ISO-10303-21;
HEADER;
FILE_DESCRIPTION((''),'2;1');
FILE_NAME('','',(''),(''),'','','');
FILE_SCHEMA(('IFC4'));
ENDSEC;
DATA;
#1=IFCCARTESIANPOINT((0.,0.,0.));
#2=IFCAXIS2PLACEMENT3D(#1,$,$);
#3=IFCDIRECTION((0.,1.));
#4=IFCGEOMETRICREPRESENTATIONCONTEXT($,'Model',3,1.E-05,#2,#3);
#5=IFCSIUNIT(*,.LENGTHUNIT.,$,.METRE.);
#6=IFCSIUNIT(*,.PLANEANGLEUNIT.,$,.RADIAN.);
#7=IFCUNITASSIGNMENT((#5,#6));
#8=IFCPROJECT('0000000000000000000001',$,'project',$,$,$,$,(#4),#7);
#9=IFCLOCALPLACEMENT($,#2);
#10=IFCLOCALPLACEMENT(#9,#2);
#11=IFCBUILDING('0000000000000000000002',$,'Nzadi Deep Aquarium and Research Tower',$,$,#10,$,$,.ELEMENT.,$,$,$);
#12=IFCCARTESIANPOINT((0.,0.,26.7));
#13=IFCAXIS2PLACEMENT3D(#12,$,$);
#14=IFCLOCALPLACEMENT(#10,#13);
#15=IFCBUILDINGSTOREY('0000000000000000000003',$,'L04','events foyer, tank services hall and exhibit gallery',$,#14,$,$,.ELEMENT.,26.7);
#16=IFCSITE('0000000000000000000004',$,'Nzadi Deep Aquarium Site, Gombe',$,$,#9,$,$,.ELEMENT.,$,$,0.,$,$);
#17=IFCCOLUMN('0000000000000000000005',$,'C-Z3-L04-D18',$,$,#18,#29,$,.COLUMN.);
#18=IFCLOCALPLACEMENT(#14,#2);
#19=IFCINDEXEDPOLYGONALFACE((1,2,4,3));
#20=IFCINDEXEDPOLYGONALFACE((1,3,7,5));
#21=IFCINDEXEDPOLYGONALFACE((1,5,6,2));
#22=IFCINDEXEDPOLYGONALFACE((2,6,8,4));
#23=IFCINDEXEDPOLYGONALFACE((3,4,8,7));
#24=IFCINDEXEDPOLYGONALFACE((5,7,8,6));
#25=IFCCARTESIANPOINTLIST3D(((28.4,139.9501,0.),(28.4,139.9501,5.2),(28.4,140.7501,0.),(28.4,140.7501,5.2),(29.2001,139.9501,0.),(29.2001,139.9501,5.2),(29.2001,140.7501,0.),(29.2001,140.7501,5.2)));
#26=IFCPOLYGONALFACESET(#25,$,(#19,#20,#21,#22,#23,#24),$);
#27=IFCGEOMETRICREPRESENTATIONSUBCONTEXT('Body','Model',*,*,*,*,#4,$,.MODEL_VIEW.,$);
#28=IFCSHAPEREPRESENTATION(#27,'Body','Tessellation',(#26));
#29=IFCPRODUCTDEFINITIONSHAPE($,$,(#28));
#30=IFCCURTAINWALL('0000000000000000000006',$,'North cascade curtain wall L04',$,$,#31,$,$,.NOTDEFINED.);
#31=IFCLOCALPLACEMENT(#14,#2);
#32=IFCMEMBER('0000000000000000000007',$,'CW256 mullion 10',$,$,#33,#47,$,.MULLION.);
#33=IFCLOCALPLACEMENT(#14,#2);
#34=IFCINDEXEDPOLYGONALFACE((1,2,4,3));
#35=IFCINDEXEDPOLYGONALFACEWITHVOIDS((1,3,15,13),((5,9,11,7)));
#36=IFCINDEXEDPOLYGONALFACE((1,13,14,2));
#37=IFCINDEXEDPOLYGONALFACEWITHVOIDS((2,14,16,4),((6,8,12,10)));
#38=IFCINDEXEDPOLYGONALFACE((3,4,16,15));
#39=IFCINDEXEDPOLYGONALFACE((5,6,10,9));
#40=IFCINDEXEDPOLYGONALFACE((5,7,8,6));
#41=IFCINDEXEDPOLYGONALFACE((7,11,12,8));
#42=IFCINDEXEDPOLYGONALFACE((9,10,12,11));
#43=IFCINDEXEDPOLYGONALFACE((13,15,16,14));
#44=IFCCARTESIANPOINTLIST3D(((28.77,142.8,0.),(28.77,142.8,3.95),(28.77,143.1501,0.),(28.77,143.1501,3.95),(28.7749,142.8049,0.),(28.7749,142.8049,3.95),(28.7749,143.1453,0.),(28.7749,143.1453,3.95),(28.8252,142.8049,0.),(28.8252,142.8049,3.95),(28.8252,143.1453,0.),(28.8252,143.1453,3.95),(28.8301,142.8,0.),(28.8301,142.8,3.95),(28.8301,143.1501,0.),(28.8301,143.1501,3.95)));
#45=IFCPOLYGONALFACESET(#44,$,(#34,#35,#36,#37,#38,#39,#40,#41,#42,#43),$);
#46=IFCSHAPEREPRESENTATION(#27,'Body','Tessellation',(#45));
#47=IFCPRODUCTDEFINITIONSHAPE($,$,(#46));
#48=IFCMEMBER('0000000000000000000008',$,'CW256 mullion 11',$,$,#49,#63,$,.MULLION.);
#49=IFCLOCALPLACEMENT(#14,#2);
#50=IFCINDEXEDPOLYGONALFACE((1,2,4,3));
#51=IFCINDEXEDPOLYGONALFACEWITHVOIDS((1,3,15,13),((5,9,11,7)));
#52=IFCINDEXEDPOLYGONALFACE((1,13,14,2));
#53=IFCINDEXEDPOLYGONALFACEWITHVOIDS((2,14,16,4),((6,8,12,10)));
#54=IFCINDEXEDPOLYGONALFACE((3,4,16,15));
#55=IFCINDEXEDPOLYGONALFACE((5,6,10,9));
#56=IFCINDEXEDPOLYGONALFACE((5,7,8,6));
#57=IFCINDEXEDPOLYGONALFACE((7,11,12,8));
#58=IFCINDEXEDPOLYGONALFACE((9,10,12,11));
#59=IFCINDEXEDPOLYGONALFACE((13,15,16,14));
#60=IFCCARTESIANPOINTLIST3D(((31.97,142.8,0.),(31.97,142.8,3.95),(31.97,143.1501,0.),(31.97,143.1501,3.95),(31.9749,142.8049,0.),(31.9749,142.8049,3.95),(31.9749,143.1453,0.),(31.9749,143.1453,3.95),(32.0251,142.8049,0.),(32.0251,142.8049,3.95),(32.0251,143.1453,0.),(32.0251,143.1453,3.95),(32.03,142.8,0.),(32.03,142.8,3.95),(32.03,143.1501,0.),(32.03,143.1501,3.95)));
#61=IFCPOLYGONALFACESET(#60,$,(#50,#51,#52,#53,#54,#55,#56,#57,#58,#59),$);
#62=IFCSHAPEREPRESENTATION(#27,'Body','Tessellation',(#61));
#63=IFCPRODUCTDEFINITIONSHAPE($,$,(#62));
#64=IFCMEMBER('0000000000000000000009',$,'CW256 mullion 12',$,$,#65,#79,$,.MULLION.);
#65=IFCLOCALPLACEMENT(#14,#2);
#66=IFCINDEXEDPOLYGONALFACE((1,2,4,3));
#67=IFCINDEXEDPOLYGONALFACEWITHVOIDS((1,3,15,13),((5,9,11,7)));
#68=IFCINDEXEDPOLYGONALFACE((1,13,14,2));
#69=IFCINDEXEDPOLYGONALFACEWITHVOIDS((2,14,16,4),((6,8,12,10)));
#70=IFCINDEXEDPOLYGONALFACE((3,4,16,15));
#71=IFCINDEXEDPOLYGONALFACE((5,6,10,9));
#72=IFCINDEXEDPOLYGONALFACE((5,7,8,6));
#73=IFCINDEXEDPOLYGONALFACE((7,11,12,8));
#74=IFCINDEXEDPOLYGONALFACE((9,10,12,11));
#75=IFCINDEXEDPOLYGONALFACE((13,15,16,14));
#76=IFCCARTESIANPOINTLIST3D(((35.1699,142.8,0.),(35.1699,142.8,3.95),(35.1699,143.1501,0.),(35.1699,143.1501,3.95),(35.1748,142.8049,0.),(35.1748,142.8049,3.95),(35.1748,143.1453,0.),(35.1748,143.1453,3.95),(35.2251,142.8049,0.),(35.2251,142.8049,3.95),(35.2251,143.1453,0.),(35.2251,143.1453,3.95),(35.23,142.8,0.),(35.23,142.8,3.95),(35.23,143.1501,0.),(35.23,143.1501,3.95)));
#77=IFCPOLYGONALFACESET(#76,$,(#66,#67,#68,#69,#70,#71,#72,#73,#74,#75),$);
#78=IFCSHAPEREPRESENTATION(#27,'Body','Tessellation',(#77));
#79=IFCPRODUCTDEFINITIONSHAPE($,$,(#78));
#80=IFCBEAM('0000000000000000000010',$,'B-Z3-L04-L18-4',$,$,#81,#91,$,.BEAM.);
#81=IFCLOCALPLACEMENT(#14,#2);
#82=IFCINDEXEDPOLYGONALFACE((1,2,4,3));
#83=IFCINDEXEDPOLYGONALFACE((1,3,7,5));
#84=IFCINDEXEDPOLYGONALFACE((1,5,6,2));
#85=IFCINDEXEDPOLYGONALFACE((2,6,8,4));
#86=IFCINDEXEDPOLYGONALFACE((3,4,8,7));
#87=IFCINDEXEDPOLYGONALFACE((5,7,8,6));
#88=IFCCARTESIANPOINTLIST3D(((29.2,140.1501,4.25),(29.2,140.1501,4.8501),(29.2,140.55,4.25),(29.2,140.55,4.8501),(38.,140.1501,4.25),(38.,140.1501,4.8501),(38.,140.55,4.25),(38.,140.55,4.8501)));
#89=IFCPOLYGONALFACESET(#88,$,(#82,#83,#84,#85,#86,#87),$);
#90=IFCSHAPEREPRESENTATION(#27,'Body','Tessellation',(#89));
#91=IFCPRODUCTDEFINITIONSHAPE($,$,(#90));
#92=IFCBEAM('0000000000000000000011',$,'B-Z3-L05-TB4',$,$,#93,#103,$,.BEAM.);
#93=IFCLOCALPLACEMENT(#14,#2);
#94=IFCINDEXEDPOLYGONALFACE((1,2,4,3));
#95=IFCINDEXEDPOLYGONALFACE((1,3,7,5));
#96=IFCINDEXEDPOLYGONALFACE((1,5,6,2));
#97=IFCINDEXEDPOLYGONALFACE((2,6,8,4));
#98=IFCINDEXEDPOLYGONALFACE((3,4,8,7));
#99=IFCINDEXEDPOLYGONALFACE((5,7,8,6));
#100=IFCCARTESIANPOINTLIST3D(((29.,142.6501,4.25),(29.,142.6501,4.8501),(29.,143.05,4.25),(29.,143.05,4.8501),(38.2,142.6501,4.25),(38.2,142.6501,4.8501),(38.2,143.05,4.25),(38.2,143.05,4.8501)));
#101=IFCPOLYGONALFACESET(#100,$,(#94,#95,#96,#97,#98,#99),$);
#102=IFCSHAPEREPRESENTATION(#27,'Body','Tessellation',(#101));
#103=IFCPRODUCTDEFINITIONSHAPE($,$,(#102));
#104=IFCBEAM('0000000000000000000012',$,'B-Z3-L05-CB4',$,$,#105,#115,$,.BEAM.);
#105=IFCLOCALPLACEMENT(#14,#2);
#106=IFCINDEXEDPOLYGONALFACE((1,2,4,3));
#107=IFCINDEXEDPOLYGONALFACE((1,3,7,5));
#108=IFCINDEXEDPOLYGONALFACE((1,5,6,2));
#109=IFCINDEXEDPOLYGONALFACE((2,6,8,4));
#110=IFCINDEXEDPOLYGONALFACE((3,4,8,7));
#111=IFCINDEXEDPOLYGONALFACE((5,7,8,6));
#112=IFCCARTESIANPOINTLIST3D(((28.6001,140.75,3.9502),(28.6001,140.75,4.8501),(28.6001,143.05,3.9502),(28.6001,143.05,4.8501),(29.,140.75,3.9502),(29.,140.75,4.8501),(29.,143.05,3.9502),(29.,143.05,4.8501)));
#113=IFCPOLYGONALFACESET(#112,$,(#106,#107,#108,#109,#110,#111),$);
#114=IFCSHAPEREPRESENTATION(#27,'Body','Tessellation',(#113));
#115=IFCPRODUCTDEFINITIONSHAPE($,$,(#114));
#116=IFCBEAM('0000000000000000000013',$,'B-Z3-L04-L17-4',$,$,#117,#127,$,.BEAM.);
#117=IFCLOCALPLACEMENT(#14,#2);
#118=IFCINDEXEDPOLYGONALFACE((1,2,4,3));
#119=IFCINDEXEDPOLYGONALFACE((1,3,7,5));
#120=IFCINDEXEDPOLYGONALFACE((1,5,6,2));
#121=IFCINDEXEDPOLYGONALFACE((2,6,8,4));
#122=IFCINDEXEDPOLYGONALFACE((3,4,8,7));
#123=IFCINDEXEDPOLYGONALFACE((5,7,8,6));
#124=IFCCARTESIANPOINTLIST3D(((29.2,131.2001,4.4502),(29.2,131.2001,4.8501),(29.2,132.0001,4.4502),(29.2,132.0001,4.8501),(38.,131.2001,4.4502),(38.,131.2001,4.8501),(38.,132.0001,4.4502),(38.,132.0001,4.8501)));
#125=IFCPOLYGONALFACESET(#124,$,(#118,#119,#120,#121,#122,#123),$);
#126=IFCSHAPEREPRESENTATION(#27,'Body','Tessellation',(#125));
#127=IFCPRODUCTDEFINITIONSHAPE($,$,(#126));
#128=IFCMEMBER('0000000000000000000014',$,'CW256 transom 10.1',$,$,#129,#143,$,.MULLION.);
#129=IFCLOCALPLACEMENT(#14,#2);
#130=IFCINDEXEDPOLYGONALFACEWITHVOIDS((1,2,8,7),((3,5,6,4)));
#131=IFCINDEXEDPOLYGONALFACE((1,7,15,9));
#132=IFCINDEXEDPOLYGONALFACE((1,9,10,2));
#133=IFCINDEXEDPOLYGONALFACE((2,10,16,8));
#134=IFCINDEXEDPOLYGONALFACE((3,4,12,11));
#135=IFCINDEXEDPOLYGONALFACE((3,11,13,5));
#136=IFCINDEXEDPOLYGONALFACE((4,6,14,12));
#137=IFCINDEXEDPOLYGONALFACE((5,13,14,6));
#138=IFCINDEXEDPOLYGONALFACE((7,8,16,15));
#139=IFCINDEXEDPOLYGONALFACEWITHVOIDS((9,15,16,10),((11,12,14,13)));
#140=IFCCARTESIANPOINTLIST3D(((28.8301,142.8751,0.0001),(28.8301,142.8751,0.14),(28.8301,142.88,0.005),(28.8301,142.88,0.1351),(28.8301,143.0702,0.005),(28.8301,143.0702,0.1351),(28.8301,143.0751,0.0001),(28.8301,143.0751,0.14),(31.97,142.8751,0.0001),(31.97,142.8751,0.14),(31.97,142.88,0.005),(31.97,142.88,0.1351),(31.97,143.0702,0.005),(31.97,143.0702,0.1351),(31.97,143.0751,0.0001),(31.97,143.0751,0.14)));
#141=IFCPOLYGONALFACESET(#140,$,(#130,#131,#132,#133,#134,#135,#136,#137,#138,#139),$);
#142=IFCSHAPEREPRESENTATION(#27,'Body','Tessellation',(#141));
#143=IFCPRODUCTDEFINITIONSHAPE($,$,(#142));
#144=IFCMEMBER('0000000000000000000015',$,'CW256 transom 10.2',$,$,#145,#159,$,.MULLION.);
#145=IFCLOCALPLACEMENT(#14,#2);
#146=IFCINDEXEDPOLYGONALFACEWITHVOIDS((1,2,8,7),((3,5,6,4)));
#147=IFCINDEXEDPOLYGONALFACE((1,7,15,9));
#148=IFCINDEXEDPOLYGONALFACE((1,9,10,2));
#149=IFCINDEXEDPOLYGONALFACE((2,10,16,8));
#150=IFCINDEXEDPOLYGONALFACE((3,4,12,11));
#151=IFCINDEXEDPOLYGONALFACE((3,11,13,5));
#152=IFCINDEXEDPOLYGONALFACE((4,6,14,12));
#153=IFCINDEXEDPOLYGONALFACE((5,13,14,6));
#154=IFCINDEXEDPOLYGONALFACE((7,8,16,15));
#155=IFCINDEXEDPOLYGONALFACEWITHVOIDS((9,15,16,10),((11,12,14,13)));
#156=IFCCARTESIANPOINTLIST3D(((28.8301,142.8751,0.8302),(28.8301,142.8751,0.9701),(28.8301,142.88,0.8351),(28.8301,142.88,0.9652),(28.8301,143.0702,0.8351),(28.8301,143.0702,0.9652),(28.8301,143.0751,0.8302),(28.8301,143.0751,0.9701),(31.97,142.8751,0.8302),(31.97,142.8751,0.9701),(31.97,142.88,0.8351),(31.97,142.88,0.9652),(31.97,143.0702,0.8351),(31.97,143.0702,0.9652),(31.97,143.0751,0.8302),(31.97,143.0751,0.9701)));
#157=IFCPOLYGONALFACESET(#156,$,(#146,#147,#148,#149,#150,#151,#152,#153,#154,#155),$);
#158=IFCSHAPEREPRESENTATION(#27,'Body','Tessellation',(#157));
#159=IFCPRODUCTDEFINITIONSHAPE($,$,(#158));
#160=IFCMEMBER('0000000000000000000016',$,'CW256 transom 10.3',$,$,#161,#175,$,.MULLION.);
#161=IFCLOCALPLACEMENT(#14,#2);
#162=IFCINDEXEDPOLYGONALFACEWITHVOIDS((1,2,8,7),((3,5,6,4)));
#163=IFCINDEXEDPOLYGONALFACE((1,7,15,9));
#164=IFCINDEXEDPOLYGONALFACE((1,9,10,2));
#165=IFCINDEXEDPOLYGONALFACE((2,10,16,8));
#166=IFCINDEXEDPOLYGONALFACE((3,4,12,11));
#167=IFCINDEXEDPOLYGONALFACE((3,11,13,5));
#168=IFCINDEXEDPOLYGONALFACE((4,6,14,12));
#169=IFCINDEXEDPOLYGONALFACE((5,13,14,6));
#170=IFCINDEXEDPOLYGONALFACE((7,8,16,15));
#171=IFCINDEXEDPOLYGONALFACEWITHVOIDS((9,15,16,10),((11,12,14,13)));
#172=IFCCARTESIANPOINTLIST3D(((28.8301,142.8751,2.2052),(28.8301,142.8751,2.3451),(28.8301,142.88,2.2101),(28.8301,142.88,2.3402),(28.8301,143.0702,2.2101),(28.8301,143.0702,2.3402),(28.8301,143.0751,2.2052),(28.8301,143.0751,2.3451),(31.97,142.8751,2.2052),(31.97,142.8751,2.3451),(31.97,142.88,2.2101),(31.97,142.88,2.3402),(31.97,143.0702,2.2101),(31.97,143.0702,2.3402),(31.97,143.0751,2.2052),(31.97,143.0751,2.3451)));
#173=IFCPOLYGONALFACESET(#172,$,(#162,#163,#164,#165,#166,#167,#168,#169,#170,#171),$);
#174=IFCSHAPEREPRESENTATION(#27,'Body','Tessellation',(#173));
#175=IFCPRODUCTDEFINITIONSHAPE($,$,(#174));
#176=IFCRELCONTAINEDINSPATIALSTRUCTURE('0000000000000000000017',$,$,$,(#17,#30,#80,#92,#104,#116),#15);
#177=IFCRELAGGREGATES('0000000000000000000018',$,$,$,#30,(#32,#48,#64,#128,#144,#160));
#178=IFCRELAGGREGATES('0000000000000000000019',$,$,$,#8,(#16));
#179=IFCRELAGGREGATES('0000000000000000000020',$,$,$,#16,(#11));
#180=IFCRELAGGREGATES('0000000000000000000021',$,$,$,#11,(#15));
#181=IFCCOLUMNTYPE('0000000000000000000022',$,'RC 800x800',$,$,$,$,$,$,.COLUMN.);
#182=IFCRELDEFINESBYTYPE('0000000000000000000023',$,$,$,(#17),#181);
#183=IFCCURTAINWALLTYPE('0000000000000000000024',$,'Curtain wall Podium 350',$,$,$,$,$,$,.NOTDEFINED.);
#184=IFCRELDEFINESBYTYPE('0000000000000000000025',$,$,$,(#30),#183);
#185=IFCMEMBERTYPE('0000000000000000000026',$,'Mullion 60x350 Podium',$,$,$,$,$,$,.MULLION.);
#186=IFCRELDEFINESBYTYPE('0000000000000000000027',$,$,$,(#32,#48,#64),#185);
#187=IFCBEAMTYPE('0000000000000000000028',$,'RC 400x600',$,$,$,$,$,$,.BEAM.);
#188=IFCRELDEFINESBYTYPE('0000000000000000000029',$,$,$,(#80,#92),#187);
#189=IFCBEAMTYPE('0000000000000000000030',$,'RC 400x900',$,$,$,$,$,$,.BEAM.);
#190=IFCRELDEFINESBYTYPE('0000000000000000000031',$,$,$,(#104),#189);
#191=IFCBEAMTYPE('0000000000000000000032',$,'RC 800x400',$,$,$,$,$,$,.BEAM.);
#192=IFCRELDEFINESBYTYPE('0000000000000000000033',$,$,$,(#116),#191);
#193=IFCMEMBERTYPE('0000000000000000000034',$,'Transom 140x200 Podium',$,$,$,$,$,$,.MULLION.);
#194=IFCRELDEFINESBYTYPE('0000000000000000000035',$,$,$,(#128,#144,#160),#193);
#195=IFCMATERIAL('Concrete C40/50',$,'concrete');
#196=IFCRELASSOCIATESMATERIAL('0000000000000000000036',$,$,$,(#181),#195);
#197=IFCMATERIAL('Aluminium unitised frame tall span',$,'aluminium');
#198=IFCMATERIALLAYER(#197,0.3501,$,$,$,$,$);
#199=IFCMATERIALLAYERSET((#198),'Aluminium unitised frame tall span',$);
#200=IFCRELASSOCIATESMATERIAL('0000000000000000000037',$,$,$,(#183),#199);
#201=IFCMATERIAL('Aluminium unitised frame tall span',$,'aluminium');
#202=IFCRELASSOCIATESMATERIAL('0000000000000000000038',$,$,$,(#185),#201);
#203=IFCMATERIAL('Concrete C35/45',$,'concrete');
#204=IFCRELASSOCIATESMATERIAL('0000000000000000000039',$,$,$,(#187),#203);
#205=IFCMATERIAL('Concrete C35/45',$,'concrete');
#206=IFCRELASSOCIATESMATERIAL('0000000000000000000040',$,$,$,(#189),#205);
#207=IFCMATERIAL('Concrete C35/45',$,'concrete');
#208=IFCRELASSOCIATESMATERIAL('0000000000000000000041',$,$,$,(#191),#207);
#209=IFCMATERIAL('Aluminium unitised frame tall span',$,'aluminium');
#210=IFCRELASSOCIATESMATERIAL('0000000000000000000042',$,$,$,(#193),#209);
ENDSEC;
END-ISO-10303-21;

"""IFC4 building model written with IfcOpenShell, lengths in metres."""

from ifc_helpers import new_model, si_unit, direction, frame, origin, origin_2d, place, context, subcontext, project, spatial, rectangle, hollow_rectangle, extrude, material, layer, layer_set, material_profile, profile_set, type_object, element, aggregate, save


model = new_model("IFC4")

# Units and contexts
model_context = context("Model", 3, precision=1e-05, world=origin(), true_north=direction((0.0, 1.0)))
body_context = subcontext(model_context, "Body", "Model", "MODEL_VIEW")
ifc_project = project(units=[si_unit("LENGTHUNIT", "METRE"), si_unit("PLANEANGLEUNIT", "RADIAN")], contexts=[model_context])

# Site, building, storey
site_placement = place(None, origin())
site = spatial("IfcSite", under=ifc_project, at=site_placement, Name="Nzadi Deep Aquarium Site, Gombe", CompositionType="ELEMENT", RefElevation=0.0)
building_placement = place(site_placement, origin())
building = spatial("IfcBuilding", under=site, at=building_placement, Name="Nzadi Deep Aquarium and Research Tower", CompositionType="ELEMENT")
storey_placement = place(building_placement, frame((0.0, 0.0, 26.7)))
storey = spatial("IfcBuildingStorey", under=building, at=storey_placement, Name="L04", Description="events foyer, tank services hall and exhibit gallery", CompositionType="ELEMENT", Elevation=26.7)

# Column
ifc_material_1 = material(Name="Concrete C40/50", Category="concrete")
ifc_material_profile_1 = material_profile(ifc_material_1, rectangle(XDim=0.8, YDim=0.8, at=origin_2d()))
ifc_profile_set_1 = profile_set([ifc_material_profile_1], Name="Concrete C40/50")
column_type = type_object("IfcColumnType", Name="RC 800x800", PredefinedType="COLUMN", material=ifc_profile_set_1)
column_placement = place(storey_placement, frame((28.8, 140.3501, 0.0), z_axis=(0.0, 0.0, 1.0), x_axis=(1.0, 0.0, 0.0)))
element("IfcColumn", 1, at=column_placement, inside=storey, type_object=column_type, Name="C-Z3-L04-D18", PredefinedType="COLUMN", context=body_context, shape_type="SweptSolid", body=[
    extrude(rectangle(XDim=0.8, YDim=0.8, at=origin_2d()), origin(), (0.0, 0.0, 1.0), 5.2),
])

# Curtain wall, members
ifc_material_2 = material(Name="Aluminium unitised frame tall span", Category="aluminium")
ifc_layer_1 = layer(ifc_material_2, 0.3501)
ifc_layer_set_1 = layer_set([ifc_layer_1], Name="Aluminium unitised frame tall span")
curtain_wall_type = type_object("IfcCurtainWallType", Name="Curtain wall Podium 350", PredefinedType="NOTDEFINED", material=ifc_layer_set_1)
curtain_wall_placement = place(storey_placement, origin())
curtain_wall = element("IfcCurtainWall", 2, at=curtain_wall_placement, inside=storey, type_object=curtain_wall_type, Name="North cascade curtain wall L04", PredefinedType="NOTDEFINED")
ifc_material_3 = material(Name="Aluminium unitised frame tall span", Category="aluminium")
ifc_material_profile_2 = material_profile(ifc_material_3, hollow_rectangle(XDim=0.3501, YDim=0.0601, WallThickness=0.0049, at=origin_2d()))
ifc_profile_set_2 = profile_set([ifc_material_profile_2], Name="Aluminium unitised frame tall span")
member_type_1 = type_object("IfcMemberType", Name="Mullion 60x350 Podium", PredefinedType="MULLION", material=ifc_profile_set_2)
member_1_placement = place(storey_placement, frame((28.8, 142.9751, 0.0), z_axis=(0.0, 0.0, 1.0), x_axis=(0.0, 1.0, 0.0)))
member_1 = element("IfcMember", 3, at=member_1_placement, type_object=member_type_1, Name="CW256 mullion 10", PredefinedType="MULLION", context=body_context, shape_type="SweptSolid", body=[
    extrude(hollow_rectangle(XDim=0.3501, YDim=0.0601, WallThickness=0.0049, at=origin_2d()), origin(), (0.0, 0.0, 1.0), 3.95),
])
member_2_placement = place(storey_placement, frame((32.0, 142.9751, 0.0), z_axis=(0.0, 0.0, 1.0), x_axis=(0.0, 1.0, 0.0)))
member_2 = element("IfcMember", 4, at=member_2_placement, type_object=member_type_1, Name="CW256 mullion 11", PredefinedType="MULLION", context=body_context, shape_type="SweptSolid", body=[
    extrude(hollow_rectangle(XDim=0.3501, YDim=0.0601, WallThickness=0.0049, at=origin_2d()), origin(), (0.0, 0.0, 1.0), 3.95),
])
member_3_placement = place(storey_placement, frame((35.2, 142.9751, 0.0), z_axis=(0.0, 0.0, 1.0), x_axis=(0.0, 1.0, 0.0)))
member_3 = element("IfcMember", 5, at=member_3_placement, type_object=member_type_1, Name="CW256 mullion 12", PredefinedType="MULLION", context=body_context, shape_type="SweptSolid", body=[
    extrude(hollow_rectangle(XDim=0.3501, YDim=0.0601, WallThickness=0.0049, at=origin_2d()), origin(), (0.0, 0.0, 1.0), 3.95),
])

# Beams
ifc_material_4 = material(Name="Concrete C35/45", Category="concrete")
ifc_material_profile_3 = material_profile(ifc_material_4, rectangle(XDim=0.3999, YDim=0.6001, at=origin_2d()))
ifc_profile_set_3 = profile_set([ifc_material_profile_3], Name="Concrete C35/45")
beam_type_1 = type_object("IfcBeamType", Name="RC 400x600", PredefinedType="BEAM", material=ifc_profile_set_3)
beam_1_placement = place(storey_placement, frame((29.2, 140.3501, 4.55), z_axis=(1.0, 0.0, 0.0), x_axis=(0.0, 1.0, 0.0)))
element("IfcBeam", 6, at=beam_1_placement, inside=storey, type_object=beam_type_1, Name="B-Z3-L04-L18-4", PredefinedType="BEAM", context=body_context, shape_type="SweptSolid", body=[
    extrude(rectangle(XDim=0.3999, YDim=0.6001, at=origin_2d()), origin(), (0.0, 0.0, 1.0), 8.8),
])
beam_2_placement = place(storey_placement, frame((29.0, 142.8501, 4.55), z_axis=(1.0, 0.0, 0.0), x_axis=(0.0, 1.0, 0.0)))
element("IfcBeam", 7, at=beam_2_placement, inside=storey, type_object=beam_type_1, Name="B-Z3-L05-TB4", PredefinedType="BEAM", context=body_context, shape_type="SweptSolid", body=[
    extrude(rectangle(XDim=0.3999, YDim=0.6001, at=origin_2d()), origin(), (0.0, 0.0, 1.0), 9.2),
])
ifc_material_5 = material(Name="Concrete C35/45", Category="concrete")
ifc_material_profile_4 = material_profile(ifc_material_5, rectangle(XDim=0.3999, YDim=0.8999, at=origin_2d()))
ifc_profile_set_4 = profile_set([ifc_material_profile_4], Name="Concrete C35/45")
beam_type_2 = type_object("IfcBeamType", Name="RC 400x900", PredefinedType="BEAM", material=ifc_profile_set_4)
beam_3_placement = place(storey_placement, frame((28.8, 140.75, 4.4001), z_axis=(0.0, 1.0, 0.0), x_axis=(-1.0, 0.0, 0.0)))
element("IfcBeam", 8, at=beam_3_placement, inside=storey, type_object=beam_type_2, Name="B-Z3-L05-CB4", PredefinedType="BEAM", context=body_context, shape_type="SweptSolid", body=[
    extrude(rectangle(XDim=0.3999, YDim=0.8999, at=origin_2d()), origin(), (0.0, 0.0, 1.0), 2.3),
])
ifc_material_6 = material(Name="Concrete C35/45", Category="concrete")
ifc_material_profile_5 = material_profile(ifc_material_6, rectangle(XDim=0.8, YDim=0.3999, at=origin_2d()))
ifc_profile_set_5 = profile_set([ifc_material_profile_5], Name="Concrete C35/45")
beam_type_3 = type_object("IfcBeamType", Name="RC 800x400", PredefinedType="BEAM", material=ifc_profile_set_5)
beam_4_placement = place(storey_placement, frame((29.2, 131.6001, 4.6501), z_axis=(1.0, 0.0, 0.0), x_axis=(0.0, 1.0, 0.0)))
element("IfcBeam", 9, at=beam_4_placement, inside=storey, type_object=beam_type_3, Name="B-Z3-L04-L17-4", PredefinedType="BEAM", context=body_context, shape_type="SweptSolid", body=[
    extrude(rectangle(XDim=0.8, YDim=0.3999, at=origin_2d()), origin(), (0.0, 0.0, 1.0), 8.8),
])

# Members
ifc_material_7 = material(Name="Aluminium unitised frame tall span", Category="aluminium")
ifc_material_profile_6 = material_profile(ifc_material_7, hollow_rectangle(XDim=0.2, YDim=0.1399, WallThickness=0.0049, at=origin_2d()))
ifc_profile_set_6 = profile_set([ifc_material_profile_6], Name="Aluminium unitised frame tall span")
member_type_2 = type_object("IfcMemberType", Name="Transom 140x200 Podium", PredefinedType="MULLION", material=ifc_profile_set_6)
member_4_placement = place(storey_placement, frame((28.8301, 142.9751, 0.0701), z_axis=(1.0, 0.0, 0.0), x_axis=(0.0, 1.0, 0.0)))
member_4 = element("IfcMember", 10, at=member_4_placement, type_object=member_type_2, Name="CW256 transom 10.1", PredefinedType="MULLION", context=body_context, shape_type="SweptSolid", body=[
    extrude(hollow_rectangle(XDim=0.2, YDim=0.1399, WallThickness=0.0049, at=origin_2d()), origin(), (0.0, 0.0, 1.0), 3.1399),
])
member_5_placement = place(storey_placement, frame((28.8301, 142.9751, 0.9001), z_axis=(1.0, 0.0, 0.0), x_axis=(0.0, 1.0, 0.0)))
member_5 = element("IfcMember", 11, at=member_5_placement, type_object=member_type_2, Name="CW256 transom 10.2", PredefinedType="MULLION", context=body_context, shape_type="SweptSolid", body=[
    extrude(hollow_rectangle(XDim=0.2, YDim=0.1399, WallThickness=0.0049, at=origin_2d()), origin(), (0.0, 0.0, 1.0), 3.1399),
])
member_6_placement = place(storey_placement, frame((28.8301, 142.9751, 2.2751), z_axis=(1.0, 0.0, 0.0), x_axis=(0.0, 1.0, 0.0)))
member_6 = element("IfcMember", 12, at=member_6_placement, type_object=member_type_2, Name="CW256 transom 10.3", PredefinedType="MULLION", context=body_context, shape_type="SweptSolid", body=[
    extrude(hollow_rectangle(XDim=0.2, YDim=0.1399, WallThickness=0.0049, at=origin_2d()), origin(), (0.0, 0.0, 1.0), 3.1399),
])

aggregate(curtain_wall, [member_1, member_2, member_3, member_4, member_5, member_6])

save(model, "model.ifc")
